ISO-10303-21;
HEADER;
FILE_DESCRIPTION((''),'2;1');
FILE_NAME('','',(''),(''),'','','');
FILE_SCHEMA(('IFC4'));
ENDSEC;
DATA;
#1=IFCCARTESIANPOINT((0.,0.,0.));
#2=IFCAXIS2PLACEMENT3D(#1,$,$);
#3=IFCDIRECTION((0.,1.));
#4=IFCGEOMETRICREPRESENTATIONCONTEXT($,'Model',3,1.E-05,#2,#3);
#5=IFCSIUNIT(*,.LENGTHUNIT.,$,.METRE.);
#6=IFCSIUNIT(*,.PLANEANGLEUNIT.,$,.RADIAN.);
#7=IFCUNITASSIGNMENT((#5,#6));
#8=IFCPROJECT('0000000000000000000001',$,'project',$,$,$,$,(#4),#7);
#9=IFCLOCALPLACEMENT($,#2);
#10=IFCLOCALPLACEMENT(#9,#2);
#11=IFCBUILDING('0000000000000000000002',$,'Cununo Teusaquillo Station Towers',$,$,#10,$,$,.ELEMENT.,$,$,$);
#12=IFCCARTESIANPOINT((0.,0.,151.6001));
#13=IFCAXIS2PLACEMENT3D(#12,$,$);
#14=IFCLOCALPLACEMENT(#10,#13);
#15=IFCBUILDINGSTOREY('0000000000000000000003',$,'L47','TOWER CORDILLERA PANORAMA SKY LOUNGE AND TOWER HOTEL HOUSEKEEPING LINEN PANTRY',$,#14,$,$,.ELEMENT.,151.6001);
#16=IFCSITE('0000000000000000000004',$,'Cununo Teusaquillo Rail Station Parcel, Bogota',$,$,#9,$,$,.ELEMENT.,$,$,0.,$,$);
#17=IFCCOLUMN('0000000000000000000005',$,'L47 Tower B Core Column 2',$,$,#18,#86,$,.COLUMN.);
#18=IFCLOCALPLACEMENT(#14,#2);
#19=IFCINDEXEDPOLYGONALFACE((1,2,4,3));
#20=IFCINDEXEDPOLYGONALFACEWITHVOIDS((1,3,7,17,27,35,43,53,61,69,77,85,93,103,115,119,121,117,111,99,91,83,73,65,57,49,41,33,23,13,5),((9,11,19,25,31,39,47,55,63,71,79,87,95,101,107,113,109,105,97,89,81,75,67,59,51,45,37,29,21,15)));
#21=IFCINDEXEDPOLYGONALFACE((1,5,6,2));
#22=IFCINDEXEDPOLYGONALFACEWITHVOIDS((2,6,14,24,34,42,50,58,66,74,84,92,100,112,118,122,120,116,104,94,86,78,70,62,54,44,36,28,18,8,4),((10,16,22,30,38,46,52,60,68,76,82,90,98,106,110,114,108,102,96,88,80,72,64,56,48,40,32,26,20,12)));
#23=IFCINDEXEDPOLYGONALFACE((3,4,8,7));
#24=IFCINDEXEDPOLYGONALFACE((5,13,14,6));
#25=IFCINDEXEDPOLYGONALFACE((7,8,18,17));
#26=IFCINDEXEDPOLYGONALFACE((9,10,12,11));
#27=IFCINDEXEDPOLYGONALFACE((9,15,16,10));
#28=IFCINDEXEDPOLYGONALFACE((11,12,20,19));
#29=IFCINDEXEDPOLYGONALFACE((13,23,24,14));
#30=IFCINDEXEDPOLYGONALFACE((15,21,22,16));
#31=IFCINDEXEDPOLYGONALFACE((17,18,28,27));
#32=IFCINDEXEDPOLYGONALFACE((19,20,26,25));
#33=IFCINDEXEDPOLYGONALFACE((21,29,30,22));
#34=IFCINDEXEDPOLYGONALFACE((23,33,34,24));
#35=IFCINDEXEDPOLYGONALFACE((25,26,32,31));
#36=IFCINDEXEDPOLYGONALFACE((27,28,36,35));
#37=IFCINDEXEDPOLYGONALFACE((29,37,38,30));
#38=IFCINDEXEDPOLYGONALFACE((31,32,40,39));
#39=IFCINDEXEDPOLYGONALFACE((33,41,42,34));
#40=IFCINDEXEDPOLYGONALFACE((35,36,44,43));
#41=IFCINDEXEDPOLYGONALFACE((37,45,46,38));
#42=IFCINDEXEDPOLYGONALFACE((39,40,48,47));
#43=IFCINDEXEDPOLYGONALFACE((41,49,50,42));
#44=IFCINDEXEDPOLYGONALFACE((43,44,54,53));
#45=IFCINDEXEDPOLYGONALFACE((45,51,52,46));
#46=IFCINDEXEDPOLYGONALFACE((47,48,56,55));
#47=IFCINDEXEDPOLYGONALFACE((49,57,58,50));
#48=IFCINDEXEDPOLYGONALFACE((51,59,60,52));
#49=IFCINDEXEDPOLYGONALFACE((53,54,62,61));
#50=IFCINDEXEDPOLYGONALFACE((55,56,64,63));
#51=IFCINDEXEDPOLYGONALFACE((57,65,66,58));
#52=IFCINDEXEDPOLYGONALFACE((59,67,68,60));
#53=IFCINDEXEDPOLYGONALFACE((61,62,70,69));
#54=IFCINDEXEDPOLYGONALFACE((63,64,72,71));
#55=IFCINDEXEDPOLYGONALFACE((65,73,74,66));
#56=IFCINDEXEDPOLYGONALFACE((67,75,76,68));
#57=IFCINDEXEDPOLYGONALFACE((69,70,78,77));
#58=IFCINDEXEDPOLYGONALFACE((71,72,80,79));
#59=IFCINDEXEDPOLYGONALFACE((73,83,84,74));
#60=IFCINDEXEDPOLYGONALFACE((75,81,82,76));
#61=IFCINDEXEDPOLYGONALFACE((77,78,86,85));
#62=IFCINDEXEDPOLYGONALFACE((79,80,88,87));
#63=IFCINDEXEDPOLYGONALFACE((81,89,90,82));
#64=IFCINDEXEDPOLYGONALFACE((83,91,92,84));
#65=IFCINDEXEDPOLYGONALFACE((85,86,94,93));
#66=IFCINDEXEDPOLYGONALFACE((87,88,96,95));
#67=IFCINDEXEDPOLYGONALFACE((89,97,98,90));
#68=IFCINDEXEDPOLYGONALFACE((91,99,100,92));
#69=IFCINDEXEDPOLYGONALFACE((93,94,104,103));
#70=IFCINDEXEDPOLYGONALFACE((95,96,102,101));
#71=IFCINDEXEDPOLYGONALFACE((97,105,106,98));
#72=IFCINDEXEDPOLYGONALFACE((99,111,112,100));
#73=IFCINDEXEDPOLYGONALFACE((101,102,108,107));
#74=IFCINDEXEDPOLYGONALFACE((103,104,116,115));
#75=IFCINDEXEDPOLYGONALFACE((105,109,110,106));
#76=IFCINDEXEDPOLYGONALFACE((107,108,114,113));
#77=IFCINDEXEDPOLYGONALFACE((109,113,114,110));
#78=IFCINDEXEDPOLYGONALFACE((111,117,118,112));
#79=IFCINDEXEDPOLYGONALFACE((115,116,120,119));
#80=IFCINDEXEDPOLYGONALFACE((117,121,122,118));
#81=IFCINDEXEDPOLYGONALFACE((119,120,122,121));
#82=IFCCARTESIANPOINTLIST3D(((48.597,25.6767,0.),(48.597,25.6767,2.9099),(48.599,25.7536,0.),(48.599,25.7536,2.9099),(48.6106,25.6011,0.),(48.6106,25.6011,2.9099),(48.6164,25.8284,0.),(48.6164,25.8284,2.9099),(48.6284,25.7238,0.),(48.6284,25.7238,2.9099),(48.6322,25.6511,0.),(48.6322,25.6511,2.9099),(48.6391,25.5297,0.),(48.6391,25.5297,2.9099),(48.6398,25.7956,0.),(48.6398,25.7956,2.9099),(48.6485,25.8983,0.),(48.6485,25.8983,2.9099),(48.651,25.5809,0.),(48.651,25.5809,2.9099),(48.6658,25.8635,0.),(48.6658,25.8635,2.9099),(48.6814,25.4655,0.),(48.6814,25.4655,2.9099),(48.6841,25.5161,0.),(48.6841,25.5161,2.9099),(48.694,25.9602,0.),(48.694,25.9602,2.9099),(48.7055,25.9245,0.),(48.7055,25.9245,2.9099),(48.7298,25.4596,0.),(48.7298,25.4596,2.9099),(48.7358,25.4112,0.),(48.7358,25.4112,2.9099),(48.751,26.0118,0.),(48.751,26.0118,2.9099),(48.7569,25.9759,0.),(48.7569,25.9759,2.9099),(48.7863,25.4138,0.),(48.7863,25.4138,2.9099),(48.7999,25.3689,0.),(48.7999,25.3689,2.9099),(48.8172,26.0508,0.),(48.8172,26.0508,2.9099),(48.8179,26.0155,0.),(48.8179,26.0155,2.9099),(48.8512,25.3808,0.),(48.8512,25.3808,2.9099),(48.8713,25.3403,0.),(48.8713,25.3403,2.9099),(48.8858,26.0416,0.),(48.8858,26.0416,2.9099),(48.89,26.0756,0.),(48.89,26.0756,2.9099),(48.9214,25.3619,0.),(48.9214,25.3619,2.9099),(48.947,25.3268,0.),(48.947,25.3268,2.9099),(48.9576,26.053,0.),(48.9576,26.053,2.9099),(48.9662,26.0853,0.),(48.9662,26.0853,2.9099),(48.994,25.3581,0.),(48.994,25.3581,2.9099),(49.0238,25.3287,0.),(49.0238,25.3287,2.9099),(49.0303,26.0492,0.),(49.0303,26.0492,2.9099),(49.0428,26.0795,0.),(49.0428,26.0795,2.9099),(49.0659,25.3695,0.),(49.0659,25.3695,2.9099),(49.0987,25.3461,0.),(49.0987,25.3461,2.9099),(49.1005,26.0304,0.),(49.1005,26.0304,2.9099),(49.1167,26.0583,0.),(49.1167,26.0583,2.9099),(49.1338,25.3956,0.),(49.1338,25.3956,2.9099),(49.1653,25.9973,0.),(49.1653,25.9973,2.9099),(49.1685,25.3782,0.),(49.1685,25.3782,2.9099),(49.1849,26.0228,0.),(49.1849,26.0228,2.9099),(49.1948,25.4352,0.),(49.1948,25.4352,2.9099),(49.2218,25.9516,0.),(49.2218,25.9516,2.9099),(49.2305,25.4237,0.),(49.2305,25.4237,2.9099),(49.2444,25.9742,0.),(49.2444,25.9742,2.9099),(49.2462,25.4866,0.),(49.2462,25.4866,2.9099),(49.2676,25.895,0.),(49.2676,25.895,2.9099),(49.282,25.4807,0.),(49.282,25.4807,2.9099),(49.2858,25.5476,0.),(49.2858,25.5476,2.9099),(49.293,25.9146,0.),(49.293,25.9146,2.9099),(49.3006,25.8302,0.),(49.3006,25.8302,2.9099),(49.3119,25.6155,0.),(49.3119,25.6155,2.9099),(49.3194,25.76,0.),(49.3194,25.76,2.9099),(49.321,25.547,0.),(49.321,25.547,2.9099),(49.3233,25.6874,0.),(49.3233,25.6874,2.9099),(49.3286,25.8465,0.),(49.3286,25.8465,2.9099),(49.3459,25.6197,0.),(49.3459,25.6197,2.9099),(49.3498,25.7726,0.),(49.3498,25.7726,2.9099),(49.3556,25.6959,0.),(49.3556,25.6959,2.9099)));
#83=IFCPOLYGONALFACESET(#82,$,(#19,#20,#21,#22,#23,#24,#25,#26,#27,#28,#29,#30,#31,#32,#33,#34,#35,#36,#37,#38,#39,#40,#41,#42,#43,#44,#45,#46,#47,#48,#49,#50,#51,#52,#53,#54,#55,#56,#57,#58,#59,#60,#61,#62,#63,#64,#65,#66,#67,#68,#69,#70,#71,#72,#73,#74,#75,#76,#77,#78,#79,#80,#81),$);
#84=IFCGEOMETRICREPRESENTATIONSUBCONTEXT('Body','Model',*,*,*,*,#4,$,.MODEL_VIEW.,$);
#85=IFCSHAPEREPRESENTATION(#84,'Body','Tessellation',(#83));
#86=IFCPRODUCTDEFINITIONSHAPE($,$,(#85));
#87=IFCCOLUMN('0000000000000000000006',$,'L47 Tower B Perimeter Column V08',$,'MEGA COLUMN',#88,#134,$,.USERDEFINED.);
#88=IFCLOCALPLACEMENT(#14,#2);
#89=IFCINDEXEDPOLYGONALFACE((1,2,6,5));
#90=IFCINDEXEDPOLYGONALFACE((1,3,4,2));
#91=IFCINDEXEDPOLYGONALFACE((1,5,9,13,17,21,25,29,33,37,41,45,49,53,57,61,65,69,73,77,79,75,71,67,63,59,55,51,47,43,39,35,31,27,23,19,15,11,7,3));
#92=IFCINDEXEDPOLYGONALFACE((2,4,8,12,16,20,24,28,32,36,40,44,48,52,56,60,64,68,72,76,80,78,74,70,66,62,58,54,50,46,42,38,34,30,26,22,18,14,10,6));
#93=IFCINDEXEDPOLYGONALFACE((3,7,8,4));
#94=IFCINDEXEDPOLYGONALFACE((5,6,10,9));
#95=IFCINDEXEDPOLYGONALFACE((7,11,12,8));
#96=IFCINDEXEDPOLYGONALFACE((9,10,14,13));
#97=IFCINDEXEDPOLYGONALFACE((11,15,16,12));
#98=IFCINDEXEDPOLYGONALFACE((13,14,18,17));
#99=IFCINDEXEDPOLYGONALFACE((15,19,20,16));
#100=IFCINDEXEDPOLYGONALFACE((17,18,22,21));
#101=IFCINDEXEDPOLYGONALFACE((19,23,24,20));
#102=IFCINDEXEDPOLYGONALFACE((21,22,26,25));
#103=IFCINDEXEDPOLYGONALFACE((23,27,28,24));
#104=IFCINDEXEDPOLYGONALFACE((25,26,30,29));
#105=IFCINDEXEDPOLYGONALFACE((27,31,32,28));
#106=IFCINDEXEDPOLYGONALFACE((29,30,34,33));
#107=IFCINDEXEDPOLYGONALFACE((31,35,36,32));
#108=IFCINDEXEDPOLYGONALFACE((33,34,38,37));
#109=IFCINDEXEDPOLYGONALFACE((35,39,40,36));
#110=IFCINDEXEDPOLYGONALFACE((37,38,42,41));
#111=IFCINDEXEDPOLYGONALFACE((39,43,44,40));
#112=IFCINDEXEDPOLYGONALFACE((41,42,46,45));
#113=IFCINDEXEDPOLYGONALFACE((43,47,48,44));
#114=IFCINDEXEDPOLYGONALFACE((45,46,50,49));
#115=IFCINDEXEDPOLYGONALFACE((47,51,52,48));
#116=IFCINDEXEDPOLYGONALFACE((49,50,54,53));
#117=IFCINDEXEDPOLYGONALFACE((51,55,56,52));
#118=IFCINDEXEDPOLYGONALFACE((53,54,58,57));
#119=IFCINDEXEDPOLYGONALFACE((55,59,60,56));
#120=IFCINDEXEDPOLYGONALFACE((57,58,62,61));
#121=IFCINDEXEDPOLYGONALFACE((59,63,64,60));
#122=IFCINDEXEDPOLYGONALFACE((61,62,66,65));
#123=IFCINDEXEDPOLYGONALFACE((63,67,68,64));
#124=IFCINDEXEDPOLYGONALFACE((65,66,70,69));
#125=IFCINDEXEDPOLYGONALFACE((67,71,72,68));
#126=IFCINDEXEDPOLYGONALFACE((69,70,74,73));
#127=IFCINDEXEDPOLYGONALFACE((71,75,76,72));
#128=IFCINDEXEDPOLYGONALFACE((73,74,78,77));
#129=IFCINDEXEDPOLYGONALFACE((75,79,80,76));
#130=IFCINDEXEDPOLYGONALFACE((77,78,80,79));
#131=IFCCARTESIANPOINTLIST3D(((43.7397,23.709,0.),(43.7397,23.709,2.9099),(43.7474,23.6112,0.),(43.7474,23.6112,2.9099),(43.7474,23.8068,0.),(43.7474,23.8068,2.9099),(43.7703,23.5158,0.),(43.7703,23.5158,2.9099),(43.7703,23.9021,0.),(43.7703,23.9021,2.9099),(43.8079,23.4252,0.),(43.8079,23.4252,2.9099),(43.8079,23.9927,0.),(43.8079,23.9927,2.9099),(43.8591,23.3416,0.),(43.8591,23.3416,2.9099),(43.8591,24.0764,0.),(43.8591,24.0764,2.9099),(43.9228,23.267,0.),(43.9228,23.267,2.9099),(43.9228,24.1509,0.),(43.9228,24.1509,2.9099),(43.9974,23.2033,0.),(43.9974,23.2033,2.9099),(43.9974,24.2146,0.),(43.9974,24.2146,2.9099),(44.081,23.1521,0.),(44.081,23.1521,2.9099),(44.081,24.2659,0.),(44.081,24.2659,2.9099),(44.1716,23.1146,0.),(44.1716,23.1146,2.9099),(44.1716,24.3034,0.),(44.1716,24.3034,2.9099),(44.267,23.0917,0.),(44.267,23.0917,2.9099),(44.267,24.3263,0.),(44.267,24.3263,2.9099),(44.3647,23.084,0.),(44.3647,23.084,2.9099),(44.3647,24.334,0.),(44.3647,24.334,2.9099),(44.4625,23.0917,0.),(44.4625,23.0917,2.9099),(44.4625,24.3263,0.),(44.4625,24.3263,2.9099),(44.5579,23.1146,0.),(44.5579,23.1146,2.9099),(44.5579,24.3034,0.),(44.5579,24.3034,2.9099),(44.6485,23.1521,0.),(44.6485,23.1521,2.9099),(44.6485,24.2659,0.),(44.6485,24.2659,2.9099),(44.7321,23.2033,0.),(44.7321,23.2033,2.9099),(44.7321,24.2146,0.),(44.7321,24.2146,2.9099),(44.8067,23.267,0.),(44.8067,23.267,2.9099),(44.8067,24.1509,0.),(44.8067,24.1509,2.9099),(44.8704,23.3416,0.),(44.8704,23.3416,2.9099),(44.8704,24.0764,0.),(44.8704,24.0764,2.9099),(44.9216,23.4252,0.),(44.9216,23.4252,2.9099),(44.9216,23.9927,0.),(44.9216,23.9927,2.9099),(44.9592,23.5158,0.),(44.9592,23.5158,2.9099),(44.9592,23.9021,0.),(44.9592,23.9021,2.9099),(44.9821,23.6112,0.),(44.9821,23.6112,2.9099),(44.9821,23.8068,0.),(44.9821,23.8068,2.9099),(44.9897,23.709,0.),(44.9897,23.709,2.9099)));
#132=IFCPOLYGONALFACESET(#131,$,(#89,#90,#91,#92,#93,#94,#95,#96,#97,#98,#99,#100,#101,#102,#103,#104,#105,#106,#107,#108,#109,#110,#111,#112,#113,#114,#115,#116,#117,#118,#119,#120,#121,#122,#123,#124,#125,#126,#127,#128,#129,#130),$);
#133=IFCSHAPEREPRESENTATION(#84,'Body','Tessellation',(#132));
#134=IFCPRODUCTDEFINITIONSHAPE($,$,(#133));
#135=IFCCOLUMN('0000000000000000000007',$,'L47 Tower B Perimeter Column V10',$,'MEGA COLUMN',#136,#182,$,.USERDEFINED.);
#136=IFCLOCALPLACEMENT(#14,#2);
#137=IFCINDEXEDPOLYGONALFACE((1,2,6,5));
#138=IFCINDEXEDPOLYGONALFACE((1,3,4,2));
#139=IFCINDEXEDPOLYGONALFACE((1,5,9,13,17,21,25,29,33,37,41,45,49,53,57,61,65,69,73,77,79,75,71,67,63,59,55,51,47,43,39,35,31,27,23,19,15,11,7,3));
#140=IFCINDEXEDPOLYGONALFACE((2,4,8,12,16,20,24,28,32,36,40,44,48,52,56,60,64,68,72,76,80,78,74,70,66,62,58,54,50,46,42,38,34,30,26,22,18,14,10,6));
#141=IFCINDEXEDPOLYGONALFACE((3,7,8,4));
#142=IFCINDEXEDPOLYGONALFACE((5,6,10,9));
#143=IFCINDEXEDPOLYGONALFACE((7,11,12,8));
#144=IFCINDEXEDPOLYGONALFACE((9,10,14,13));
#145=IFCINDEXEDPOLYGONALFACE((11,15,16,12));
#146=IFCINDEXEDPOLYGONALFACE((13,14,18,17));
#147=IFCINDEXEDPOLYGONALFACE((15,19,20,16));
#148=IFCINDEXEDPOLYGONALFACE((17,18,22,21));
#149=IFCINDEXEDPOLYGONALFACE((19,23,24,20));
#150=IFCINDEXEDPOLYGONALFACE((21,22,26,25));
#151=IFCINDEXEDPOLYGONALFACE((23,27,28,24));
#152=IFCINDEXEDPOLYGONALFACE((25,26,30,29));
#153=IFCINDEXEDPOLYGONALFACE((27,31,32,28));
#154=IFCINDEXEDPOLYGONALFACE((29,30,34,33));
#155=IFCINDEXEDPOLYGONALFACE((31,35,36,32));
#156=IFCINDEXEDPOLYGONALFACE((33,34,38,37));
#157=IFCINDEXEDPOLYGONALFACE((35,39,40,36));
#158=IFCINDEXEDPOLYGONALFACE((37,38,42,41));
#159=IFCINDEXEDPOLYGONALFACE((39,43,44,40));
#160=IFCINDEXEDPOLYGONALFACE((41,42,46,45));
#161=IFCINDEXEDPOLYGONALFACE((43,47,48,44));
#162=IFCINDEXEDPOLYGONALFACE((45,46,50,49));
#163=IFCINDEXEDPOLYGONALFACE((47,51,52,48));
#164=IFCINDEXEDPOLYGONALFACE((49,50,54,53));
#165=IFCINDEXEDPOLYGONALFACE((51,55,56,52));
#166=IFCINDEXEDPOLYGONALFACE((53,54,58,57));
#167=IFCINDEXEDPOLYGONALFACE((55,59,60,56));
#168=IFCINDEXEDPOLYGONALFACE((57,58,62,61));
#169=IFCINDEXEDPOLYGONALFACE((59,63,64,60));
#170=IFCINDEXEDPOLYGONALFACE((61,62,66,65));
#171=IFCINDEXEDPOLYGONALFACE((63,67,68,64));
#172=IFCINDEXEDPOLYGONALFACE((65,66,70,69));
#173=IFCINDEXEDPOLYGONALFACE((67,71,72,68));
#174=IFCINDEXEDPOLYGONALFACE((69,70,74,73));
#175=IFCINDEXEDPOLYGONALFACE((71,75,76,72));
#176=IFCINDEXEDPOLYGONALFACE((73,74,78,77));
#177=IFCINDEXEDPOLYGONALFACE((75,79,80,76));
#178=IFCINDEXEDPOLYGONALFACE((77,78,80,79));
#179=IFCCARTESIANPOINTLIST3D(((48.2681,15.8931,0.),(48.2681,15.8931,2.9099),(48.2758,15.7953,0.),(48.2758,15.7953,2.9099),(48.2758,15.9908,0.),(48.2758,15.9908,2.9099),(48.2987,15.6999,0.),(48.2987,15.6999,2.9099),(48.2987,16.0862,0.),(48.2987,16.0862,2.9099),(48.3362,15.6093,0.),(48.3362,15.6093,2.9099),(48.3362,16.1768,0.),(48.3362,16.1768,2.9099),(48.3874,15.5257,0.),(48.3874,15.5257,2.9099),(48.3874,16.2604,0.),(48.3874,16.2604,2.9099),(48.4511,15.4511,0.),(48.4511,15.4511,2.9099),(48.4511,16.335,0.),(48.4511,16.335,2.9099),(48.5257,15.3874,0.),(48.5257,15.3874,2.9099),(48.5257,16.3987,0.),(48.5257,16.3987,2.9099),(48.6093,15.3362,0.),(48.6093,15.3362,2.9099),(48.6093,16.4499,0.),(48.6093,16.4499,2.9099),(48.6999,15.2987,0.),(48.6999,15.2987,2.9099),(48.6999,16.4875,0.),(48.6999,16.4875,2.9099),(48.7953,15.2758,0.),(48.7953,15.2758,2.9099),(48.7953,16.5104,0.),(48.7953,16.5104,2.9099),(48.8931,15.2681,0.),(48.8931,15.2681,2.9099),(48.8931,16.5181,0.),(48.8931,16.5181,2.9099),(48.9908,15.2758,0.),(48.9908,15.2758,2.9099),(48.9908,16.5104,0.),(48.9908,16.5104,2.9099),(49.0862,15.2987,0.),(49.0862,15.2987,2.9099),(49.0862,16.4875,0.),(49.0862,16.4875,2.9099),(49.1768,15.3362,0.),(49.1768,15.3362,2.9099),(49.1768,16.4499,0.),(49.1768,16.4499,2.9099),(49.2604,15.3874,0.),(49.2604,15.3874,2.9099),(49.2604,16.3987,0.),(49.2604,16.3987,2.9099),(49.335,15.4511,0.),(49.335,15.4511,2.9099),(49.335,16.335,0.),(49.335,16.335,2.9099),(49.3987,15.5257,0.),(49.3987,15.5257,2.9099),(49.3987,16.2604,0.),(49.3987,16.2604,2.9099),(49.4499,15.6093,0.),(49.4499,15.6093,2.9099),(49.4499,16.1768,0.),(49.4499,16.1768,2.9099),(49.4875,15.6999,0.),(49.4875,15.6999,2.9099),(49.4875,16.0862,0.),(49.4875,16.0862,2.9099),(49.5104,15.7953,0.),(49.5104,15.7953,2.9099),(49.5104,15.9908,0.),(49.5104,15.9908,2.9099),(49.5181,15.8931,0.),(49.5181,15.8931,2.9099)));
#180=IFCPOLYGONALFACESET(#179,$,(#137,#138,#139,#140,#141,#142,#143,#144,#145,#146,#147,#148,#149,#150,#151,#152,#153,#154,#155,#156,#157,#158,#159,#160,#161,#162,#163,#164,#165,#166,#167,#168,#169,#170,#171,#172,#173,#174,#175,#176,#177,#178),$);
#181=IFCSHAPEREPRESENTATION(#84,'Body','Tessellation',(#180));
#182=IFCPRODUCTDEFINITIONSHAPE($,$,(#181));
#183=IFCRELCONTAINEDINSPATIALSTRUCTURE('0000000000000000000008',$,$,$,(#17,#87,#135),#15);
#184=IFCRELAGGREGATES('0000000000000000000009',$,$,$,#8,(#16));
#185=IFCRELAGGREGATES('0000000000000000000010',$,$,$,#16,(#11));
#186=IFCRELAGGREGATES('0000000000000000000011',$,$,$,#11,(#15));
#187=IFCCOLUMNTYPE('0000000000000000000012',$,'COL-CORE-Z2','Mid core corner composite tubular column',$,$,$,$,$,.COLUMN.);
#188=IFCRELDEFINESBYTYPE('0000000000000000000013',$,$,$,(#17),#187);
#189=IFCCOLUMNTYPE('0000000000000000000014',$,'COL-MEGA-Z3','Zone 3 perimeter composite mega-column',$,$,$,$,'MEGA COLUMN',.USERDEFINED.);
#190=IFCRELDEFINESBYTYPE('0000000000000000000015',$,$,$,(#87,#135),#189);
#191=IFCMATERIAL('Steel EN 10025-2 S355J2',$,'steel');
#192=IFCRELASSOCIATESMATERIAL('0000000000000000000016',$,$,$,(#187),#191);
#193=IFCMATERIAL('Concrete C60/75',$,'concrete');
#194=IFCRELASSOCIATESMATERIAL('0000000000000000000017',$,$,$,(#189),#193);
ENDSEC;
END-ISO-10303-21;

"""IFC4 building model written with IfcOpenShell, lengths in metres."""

from ifc_helpers import new_model, si_unit, direction, frame, origin, origin_2d, place, context, subcontext, project, spatial, circle, hollow_circle, extrude, material, material_profile, profile_set, type_object, element, save


model = new_model("IFC4")

# Units and contexts
model_context = context("Model", 3, precision=1e-05, world=origin(), true_north=direction((0.0, 1.0)))
body_context = subcontext(model_context, "Body", "Model", "MODEL_VIEW")
ifc_project = project(units=[si_unit("LENGTHUNIT", "METRE"), si_unit("PLANEANGLEUNIT", "RADIAN")], contexts=[model_context])

# Site, building, storey
site_placement = place(None, origin())
site = spatial("IfcSite", under=ifc_project, at=site_placement, Name="Cununo Teusaquillo Rail Station Parcel, Bogota", CompositionType="ELEMENT", RefElevation=0.0)
building_placement = place(site_placement, origin())
building = spatial("IfcBuilding", under=site, at=building_placement, Name="Cununo Teusaquillo Station Towers", CompositionType="ELEMENT")
storey_placement = place(building_placement, frame((0.0, 0.0, 151.6001)))
storey = spatial("IfcBuildingStorey", under=building, at=storey_placement, Name="L47", Description="TOWER CORDILLERA PANORAMA SKY LOUNGE AND TOWER HOTEL HOUSEKEEPING LINEN PANTRY", CompositionType="ELEMENT", Elevation=151.6001)

# Columns
ifc_material_1 = material(Name="Steel EN 10025-2 S355J2", Category="steel")
ifc_material_profile_1 = material_profile(ifc_material_1, hollow_circle(Radius=0.3799, WallThickness=0.032, at=origin_2d()), Name="CHS 760x32")
ifc_profile_set_1 = profile_set([ifc_material_profile_1], Name="Steel EN 10025-2 S355J2")
column_type_1 = type_object("IfcColumnType", Name="COL-CORE-Z2", Description="Mid core corner composite tubular column", PredefinedType="COLUMN", material=ifc_profile_set_1)
column_placement = place(storey_placement, frame((48.9758, 25.7056, 0.0), z_axis=(0.0, 0.0, 1.0), x_axis=(0.707107, 0.707107, 0.0)))
element("IfcColumn", 1, at=column_placement, inside=storey, type_object=column_type_1, Name="L47 Tower B Core Column 2", PredefinedType="COLUMN", context=body_context, shape_type="SweptSolid", body=[
    extrude(hollow_circle(Radius=0.3799, WallThickness=0.032, at=origin_2d()), origin(), (0.0, 0.0, 1.0), 2.9099),
])
ifc_material_2 = material(Name="Concrete C60/75", Category="concrete")
ifc_material_profile_2 = material_profile(ifc_material_2, circle(Radius=0.625, at=origin_2d()), Name="RC-CIRC-1250")
ifc_profile_set_2 = profile_set([ifc_material_profile_2], Name="Concrete C60/75")
column_type_2 = type_object("IfcColumnType", Name="COL-MEGA-Z3", Description="Zone 3 perimeter composite mega-column", ElementType="MEGA COLUMN", PredefinedType="USERDEFINED", material=ifc_profile_set_2)
for number, where, z_axis, x_axis, name in (
    (2, (44.3647, 23.709, 0.0), (0.0, 0.0, 1.0), (1.0, 0.0, 0.0), "L47 Tower B Perimeter Column V08"),
    (3, (48.8931, 15.8931, 0.0), (0.0, 0.0, 1.0), (1.0, 0.0, 0.0), "L47 Tower B Perimeter Column V10"),
):
    element("IfcColumn", number, at=place(storey_placement, frame(where, z_axis=z_axis, x_axis=x_axis)), inside=storey, type_object=column_type_2, Name=name, ObjectType="MEGA COLUMN", PredefinedType="USERDEFINED", context=body_context, shape_type="SweptSolid", body=[
        extrude(circle(Radius=0.625, at=origin_2d()), origin(), (0.0, 0.0, 1.0), 2.9099),
    ])

save(model, "model.ifc")
